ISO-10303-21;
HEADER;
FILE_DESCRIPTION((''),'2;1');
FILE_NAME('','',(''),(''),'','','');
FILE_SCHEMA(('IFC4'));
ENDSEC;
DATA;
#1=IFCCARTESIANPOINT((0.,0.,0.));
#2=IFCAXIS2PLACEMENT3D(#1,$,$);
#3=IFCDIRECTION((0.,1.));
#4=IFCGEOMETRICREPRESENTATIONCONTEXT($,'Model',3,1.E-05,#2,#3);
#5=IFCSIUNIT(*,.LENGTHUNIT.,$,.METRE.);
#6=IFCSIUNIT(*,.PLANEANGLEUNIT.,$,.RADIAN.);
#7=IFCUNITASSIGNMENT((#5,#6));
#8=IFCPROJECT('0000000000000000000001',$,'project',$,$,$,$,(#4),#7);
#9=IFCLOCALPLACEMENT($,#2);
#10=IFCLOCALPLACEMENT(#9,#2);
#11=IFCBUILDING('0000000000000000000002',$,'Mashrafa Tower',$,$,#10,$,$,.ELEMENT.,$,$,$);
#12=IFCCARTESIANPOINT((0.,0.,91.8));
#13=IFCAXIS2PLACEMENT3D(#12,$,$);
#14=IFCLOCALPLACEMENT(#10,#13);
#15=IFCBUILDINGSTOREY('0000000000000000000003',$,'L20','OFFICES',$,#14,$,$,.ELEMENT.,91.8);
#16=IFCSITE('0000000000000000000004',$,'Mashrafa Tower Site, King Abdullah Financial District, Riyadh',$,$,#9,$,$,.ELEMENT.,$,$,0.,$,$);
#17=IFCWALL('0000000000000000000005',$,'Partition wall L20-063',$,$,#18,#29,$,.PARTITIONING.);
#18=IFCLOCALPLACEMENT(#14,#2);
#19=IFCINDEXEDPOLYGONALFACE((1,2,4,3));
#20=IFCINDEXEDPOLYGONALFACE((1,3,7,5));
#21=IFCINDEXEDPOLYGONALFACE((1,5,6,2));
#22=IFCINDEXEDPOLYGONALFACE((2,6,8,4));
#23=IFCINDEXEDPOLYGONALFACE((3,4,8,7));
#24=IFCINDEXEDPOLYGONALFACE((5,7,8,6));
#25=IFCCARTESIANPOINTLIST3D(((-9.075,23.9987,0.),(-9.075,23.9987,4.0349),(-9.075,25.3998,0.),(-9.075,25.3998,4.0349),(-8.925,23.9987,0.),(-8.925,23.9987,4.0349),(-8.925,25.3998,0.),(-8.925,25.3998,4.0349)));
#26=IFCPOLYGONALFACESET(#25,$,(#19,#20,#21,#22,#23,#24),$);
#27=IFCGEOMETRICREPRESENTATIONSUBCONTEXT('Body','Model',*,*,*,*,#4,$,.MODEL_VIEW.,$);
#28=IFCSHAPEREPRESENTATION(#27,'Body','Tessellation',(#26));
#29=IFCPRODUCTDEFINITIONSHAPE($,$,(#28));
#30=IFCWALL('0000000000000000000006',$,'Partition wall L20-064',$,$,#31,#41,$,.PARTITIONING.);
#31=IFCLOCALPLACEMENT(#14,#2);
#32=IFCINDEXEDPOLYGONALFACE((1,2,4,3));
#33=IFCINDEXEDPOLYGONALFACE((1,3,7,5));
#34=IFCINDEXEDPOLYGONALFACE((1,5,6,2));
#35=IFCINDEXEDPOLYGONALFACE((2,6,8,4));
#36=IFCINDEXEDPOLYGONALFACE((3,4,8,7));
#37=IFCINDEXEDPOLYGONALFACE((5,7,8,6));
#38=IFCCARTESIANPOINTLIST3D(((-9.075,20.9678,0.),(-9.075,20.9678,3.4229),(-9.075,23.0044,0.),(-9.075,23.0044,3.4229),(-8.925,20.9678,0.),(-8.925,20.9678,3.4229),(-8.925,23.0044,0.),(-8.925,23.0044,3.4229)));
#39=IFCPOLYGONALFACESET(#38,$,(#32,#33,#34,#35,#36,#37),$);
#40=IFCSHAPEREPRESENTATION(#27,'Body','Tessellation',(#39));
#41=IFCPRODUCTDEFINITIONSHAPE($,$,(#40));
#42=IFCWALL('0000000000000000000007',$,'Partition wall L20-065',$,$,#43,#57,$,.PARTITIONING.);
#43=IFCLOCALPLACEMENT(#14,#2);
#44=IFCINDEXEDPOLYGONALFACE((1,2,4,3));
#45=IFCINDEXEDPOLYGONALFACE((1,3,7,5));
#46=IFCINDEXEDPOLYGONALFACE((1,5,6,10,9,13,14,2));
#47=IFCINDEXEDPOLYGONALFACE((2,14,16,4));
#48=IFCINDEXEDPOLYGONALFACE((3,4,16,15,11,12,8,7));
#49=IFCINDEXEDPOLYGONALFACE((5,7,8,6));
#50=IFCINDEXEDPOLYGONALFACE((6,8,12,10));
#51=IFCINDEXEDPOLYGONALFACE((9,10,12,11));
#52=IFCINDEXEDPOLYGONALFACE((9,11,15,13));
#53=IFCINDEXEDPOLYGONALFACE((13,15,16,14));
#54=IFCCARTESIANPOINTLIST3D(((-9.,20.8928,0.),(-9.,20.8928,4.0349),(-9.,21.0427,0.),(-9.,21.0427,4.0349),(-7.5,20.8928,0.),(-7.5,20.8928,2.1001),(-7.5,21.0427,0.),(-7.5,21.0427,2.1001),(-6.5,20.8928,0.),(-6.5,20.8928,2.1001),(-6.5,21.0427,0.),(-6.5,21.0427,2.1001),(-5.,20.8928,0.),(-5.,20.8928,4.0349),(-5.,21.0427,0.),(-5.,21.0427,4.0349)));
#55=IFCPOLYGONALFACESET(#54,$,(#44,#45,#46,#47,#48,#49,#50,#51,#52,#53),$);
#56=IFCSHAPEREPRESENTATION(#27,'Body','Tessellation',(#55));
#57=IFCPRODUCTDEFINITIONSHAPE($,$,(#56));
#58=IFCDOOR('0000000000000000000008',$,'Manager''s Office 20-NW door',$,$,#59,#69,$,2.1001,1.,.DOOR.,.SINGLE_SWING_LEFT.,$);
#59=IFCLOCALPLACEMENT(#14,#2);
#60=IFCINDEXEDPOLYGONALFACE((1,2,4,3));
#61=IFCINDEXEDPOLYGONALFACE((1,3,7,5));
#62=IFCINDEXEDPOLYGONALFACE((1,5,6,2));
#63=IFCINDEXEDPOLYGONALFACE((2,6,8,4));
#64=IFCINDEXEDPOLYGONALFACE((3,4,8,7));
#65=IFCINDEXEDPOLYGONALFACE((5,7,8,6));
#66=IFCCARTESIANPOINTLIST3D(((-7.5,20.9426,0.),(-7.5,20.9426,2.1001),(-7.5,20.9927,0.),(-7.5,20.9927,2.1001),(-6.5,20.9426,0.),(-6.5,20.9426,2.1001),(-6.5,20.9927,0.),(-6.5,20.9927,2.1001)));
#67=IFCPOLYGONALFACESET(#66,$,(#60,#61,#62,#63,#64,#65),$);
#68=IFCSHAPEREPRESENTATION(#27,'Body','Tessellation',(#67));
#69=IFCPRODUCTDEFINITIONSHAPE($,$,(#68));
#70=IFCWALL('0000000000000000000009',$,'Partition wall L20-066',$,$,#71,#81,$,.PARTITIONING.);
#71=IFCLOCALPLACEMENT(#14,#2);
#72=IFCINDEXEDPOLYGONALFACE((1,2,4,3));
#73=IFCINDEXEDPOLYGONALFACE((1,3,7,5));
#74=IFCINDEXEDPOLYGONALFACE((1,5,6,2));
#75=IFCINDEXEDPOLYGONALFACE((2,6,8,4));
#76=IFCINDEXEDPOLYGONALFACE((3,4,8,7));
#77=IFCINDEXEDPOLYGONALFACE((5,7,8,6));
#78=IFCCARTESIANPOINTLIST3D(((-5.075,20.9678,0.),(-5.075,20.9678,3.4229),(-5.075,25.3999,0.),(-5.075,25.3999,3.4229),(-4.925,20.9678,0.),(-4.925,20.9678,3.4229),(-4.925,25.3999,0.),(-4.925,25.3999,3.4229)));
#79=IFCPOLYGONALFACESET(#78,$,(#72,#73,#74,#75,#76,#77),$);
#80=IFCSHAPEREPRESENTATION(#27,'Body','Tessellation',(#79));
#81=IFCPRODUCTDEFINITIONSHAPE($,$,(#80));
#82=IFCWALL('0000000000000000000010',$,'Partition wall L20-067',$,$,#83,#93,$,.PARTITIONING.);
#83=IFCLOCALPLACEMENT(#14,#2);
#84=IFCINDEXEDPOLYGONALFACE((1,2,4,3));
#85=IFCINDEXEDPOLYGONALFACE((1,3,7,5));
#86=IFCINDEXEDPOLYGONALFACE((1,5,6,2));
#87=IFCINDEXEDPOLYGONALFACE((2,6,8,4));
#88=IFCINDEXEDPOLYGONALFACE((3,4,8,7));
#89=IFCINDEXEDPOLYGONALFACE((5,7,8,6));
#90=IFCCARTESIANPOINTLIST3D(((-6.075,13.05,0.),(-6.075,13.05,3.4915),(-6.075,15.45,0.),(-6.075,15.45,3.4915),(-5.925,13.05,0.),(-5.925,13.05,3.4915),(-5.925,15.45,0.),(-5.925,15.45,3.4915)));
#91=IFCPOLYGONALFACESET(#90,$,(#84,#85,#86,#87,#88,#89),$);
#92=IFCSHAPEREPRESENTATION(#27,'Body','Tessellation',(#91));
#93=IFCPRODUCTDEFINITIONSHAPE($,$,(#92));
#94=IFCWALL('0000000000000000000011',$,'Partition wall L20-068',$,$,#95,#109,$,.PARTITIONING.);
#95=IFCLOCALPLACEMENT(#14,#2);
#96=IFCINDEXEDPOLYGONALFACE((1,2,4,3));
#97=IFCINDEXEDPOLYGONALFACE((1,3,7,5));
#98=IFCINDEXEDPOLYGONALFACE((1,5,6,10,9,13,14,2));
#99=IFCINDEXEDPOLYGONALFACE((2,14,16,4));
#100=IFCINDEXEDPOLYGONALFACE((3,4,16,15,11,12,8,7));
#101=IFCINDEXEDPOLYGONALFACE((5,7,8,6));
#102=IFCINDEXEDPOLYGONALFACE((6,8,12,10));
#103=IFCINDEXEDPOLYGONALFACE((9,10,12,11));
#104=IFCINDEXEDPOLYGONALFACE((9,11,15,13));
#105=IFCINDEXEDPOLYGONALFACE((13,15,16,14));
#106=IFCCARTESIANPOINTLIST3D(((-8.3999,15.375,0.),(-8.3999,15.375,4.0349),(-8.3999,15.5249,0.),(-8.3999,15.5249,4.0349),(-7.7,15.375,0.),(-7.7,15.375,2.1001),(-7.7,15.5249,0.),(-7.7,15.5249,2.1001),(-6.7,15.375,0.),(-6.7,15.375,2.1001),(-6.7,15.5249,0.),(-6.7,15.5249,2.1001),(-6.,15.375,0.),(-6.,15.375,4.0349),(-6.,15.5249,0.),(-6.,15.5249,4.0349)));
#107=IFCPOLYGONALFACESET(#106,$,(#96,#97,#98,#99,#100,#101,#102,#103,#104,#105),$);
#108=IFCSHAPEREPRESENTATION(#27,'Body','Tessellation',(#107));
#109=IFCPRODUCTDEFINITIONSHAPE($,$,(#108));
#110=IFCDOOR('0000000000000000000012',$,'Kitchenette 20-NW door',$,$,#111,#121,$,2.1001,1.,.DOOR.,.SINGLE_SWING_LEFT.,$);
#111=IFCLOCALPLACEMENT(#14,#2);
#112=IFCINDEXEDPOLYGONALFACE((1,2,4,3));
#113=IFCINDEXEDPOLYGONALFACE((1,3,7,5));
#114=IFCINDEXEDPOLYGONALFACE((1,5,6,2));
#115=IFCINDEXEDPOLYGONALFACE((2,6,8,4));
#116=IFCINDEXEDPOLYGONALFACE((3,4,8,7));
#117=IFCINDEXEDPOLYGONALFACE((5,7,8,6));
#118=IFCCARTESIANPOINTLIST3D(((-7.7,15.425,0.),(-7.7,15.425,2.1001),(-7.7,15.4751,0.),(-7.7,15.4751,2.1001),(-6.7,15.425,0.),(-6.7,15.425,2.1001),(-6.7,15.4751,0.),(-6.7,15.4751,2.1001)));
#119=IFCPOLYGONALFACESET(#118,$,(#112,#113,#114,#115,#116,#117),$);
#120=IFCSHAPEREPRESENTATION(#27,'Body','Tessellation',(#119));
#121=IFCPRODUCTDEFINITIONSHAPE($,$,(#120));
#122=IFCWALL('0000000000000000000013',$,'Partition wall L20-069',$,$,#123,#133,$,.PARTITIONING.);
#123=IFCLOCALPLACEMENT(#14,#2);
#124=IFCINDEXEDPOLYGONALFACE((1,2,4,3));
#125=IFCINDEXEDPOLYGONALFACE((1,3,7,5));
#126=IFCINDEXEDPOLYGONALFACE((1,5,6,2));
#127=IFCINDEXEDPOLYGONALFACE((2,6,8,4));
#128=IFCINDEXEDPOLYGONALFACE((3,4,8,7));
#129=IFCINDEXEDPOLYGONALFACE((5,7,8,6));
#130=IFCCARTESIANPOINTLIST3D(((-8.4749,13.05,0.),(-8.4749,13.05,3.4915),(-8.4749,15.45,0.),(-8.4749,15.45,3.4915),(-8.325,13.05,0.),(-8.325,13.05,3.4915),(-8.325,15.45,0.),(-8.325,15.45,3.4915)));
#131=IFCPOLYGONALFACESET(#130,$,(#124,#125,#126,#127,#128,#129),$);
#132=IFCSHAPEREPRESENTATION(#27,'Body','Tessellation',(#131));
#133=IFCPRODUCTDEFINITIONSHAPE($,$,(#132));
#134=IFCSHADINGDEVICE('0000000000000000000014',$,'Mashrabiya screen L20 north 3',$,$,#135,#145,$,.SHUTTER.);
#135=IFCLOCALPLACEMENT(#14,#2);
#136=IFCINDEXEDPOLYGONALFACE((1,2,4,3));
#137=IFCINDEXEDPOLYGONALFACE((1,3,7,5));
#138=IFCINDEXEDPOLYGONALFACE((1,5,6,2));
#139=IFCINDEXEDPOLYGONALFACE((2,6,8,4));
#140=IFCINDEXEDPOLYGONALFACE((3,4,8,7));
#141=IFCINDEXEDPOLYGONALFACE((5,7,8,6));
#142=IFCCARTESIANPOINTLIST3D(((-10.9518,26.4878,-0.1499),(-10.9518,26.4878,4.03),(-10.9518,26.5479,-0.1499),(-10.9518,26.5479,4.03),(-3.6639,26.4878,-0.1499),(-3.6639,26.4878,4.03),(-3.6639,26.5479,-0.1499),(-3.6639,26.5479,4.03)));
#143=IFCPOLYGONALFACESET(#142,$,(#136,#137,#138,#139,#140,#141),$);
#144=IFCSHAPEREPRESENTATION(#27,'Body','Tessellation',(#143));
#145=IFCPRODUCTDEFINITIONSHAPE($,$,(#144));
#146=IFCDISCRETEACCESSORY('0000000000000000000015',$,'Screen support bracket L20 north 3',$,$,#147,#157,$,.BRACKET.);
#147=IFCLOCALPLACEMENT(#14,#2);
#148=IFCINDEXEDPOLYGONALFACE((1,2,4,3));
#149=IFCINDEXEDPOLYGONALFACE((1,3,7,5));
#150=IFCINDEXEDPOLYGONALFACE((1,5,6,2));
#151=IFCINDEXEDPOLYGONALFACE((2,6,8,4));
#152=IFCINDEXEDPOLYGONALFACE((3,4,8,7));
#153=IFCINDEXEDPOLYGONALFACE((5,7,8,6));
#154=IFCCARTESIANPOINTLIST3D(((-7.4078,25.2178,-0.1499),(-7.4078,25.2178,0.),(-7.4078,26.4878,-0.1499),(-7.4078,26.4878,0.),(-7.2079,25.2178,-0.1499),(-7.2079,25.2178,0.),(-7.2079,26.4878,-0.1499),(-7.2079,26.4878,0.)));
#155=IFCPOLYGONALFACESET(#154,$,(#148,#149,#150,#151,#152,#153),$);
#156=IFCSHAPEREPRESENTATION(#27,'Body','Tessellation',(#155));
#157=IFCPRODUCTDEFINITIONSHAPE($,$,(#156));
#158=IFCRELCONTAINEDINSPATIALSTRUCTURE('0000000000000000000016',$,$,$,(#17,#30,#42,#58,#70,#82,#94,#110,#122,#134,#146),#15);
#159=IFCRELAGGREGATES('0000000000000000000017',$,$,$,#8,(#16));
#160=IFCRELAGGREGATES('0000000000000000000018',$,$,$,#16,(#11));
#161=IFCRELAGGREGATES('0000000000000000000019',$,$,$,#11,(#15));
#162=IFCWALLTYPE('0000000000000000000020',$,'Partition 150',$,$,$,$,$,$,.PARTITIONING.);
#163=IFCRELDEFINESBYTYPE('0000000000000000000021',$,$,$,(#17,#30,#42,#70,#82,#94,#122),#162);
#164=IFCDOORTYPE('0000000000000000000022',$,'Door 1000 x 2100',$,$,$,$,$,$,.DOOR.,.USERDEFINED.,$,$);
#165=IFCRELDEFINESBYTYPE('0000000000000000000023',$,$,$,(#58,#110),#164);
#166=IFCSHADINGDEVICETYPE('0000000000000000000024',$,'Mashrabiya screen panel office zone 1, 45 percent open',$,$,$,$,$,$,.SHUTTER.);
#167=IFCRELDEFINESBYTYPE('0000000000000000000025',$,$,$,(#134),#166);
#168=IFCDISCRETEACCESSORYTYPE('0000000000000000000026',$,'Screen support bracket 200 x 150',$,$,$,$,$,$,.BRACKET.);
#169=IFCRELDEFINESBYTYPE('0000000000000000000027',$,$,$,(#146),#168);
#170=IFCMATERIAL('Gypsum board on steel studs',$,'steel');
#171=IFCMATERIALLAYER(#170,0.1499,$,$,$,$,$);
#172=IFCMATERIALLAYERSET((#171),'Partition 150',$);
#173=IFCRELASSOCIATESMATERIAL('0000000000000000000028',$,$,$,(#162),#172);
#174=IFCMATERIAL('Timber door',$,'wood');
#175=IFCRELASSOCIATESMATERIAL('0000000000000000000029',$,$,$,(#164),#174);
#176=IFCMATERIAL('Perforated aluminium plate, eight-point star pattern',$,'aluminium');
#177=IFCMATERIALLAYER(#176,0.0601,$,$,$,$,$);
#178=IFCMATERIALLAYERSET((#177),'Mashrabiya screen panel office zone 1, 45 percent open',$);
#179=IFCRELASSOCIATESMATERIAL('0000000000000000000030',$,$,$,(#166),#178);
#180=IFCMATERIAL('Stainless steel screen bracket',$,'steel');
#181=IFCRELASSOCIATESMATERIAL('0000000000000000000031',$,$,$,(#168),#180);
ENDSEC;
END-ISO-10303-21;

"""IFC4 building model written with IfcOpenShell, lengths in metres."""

from ifc_helpers import new_model, si_unit, direction, frame, frame_2d, origin, origin_2d, place, context, subcontext, project, spatial, rectangle, extrude, source, transform, mapped, material, layer, layer_set, type_object, type_shapes, element, fill, save


model = new_model("IFC4")

# Units and contexts
model_context = context("Model", 3, precision=1e-05, world=origin(), true_north=direction((0.0, 1.0)))
body_context = subcontext(model_context, "Body", "Model", "MODEL_VIEW")
ifc_project = project(units=[si_unit("LENGTHUNIT", "METRE"), si_unit("PLANEANGLEUNIT", "RADIAN")], contexts=[model_context])

# Site, building, storey
site_placement = place(None, origin())
site = spatial("IfcSite", under=ifc_project, at=site_placement, Name="Mashrafa Tower Site, King Abdullah Financial District, Riyadh", CompositionType="ELEMENT", RefElevation=0.0)
building_placement = place(site_placement, origin())
building = spatial("IfcBuilding", under=site, at=building_placement, Name="Mashrafa Tower", CompositionType="ELEMENT")
storey_placement = place(building_placement, frame((0.0, 0.0, 91.8)))
storey = spatial("IfcBuildingStorey", under=building, at=storey_placement, Name="L20", Description="OFFICES", CompositionType="ELEMENT", Elevation=91.8)

# Walls
ifc_material_1 = material(Name="Gypsum board on steel studs", Category="steel")
ifc_layer_1 = layer(ifc_material_1, 0.1499)
ifc_layer_set_1 = layer_set([ifc_layer_1], Name="Partition 150")
wall_type_1 = type_object("IfcWallType", Name="Partition 150", PredefinedType="PARTITIONING", material=ifc_layer_set_1)
wall_1_placement = place(storey_placement, frame((-9.0, 25.3999, 0.0), z_axis=(0.0, 0.0, 1.0), x_axis=(0.0, -1.0, 0.0)))
element("IfcWall", 1, at=wall_1_placement, inside=storey, type_object=wall_type_1, Name="Partition wall L20-063", PredefinedType="PARTITIONING", context=body_context, shape_type="SweptSolid", body=[
    extrude(rectangle(XDim=1.4011, YDim=0.1499, at=frame_2d((0.7007, 0.0))), origin(), (0.0, 0.0, 1.0), 4.0349),
])
wall_2_placement = place(storey_placement, frame((-9.0, 23.0044, 0.0), z_axis=(0.0, 0.0, 1.0), x_axis=(0.0, -1.0, 0.0)))
element("IfcWall", 2, at=wall_2_placement, inside=storey, type_object=wall_type_1, Name="Partition wall L20-064", PredefinedType="PARTITIONING", context=body_context, shape_type="SweptSolid", body=[
    extrude(rectangle(XDim=2.0366, YDim=0.1499, at=frame_2d((1.0183, 0.0))), origin(), (0.0, 0.0, 1.0), 3.4229),
])

# Wall, opening, door
wall_3_placement = place(storey_placement, frame((-9.0, 20.9678, 0.0), z_axis=(0.0, 0.0, 1.0), x_axis=(1.0, 0.0, 0.0)))
wall_3 = element("IfcWall", 3, at=wall_3_placement, inside=storey, type_object=wall_type_1, Name="Partition wall L20-065", PredefinedType="PARTITIONING", context=body_context, shape_type="SweptSolid", body=[
    extrude(rectangle(XDim=4.0, YDim=0.1499, at=frame_2d((2.0, 0.0))), origin(), (0.0, 0.0, 1.0), 4.0349),
])
opening_1_placement = place(wall_3_placement, frame((1.5, 0.0, 0.0)))
opening_1 = element("IfcOpeningElement", 4, at=opening_1_placement, cuts=wall_3, PredefinedType="OPENING", context=body_context, shape_type="SweptSolid", body=[
    extrude(rectangle(XDim=1.0, YDim=2.1001, at=frame_2d((0.5, 1.05))), frame((0.0, 0.085, 0.0), z_axis=(0.0, -1.0, 0.0), x_axis=(1.0, 0.0, 0.0)), (0.0, 0.0, 1.0), 0.1699),
])
ifc_material_2 = material(Name="Timber door", Category="wood")
door_type = type_object("IfcDoorType", Name="Door 1000 x 2100", OperationType="USERDEFINED", PredefinedType="DOOR", material=ifc_material_2)
door_1_placement = place(opening_1_placement, origin())
door_1 = element("IfcDoor", 5, at=door_1_placement, inside=storey, type_object=door_type, Name="Manager's Office 20-NW door", OperationType="SINGLE_SWING_LEFT", OverallHeight=2.1001, OverallWidth=1.0, PredefinedType="DOOR", context=body_context, shape_type="SweptSolid", body=[
    extrude(rectangle(XDim=1.0, YDim=2.1001, at=frame_2d((0.5, 1.05))), frame((0.0, 0.0249, 0.0), z_axis=(0.0, -1.0, 0.0), x_axis=(1.0, 0.0, 0.0)), (0.0, 0.0, 1.0), 0.05),
])
fill(opening_1, door_1)

# Walls
wall_4_placement = place(storey_placement, frame((-5.0, 20.9678, 0.0), z_axis=(0.0, 0.0, 1.0), x_axis=(0.0, 1.0, 0.0)))
element("IfcWall", 6, at=wall_4_placement, inside=storey, type_object=wall_type_1, Name="Partition wall L20-066", PredefinedType="PARTITIONING", context=body_context, shape_type="SweptSolid", body=[
    extrude(rectangle(XDim=4.4321, YDim=0.1499, at=frame_2d((2.2161, 0.0))), origin(), (0.0, 0.0, 1.0), 3.4229),
])
wall_5_placement = place(storey_placement, frame((-6.0, 13.05, 0.0), z_axis=(0.0, 0.0, 1.0), x_axis=(0.0, 1.0, 0.0)))
element("IfcWall", 7, at=wall_5_placement, inside=storey, type_object=wall_type_1, Name="Partition wall L20-067", PredefinedType="PARTITIONING", context=body_context, shape_type="SweptSolid", body=[
    extrude(rectangle(XDim=2.3999, YDim=0.1499, at=frame_2d((1.2, 0.0))), origin(), (0.0, 0.0, 1.0), 3.4915),
])

# Wall, opening, door
wall_6_placement = place(storey_placement, frame((-6.0, 15.45, 0.0), z_axis=(0.0, 0.0, 1.0), x_axis=(-1.0, 0.0, 0.0)))
wall_6 = element("IfcWall", 8, at=wall_6_placement, inside=storey, type_object=wall_type_1, Name="Partition wall L20-068", PredefinedType="PARTITIONING", context=body_context, shape_type="SweptSolid", body=[
    extrude(rectangle(XDim=2.3999, YDim=0.1499, at=frame_2d((1.2, 0.0))), origin(), (0.0, 0.0, 1.0), 4.0349),
])
opening_2_placement = place(wall_6_placement, frame((0.7, 0.0, 0.0)))
opening_2 = element("IfcOpeningElement", 9, at=opening_2_placement, cuts=wall_6, PredefinedType="OPENING", context=body_context, shape_type="SweptSolid", body=[
    extrude(rectangle(XDim=1.0, YDim=2.1001, at=frame_2d((0.5, 1.05))), frame((0.0, 0.085, 0.0), z_axis=(0.0, -1.0, 0.0), x_axis=(1.0, 0.0, 0.0)), (0.0, 0.0, 1.0), 0.1699),
])
door_2_placement = place(opening_2_placement, origin())
door_2 = element("IfcDoor", 10, at=door_2_placement, inside=storey, type_object=door_type, Name="Kitchenette 20-NW door", OperationType="SINGLE_SWING_LEFT", OverallHeight=2.1001, OverallWidth=1.0, PredefinedType="DOOR", context=body_context, shape_type="SweptSolid", body=[
    extrude(rectangle(XDim=1.0, YDim=2.1001, at=frame_2d((0.5, 1.05))), frame((0.0, 0.0249, 0.0), z_axis=(0.0, -1.0, 0.0), x_axis=(1.0, 0.0, 0.0)), (0.0, 0.0, 1.0), 0.05),
])
fill(opening_2, door_2)

# Wall
wall_7_placement = place(storey_placement, frame((-8.3999, 15.45, 0.0), z_axis=(0.0, 0.0, 1.0), x_axis=(0.0, -1.0, 0.0)))
element("IfcWall", 11, at=wall_7_placement, inside=storey, type_object=wall_type_1, Name="Partition wall L20-069", PredefinedType="PARTITIONING", context=body_context, shape_type="SweptSolid", body=[
    extrude(rectangle(XDim=2.3999, YDim=0.1499, at=frame_2d((1.2, 0.0))), origin(), (0.0, 0.0, 1.0), 3.4915),
])

# Shading device
ifc_material_3 = material(Name="Perforated aluminium plate, eight-point star pattern", Category="aluminium")
ifc_layer_2 = layer(ifc_material_3, 0.0601)
ifc_layer_set_2 = layer_set([ifc_layer_2], Name="Mashrabiya screen panel office zone 1, 45 percent open")
shading_device_type = type_object("IfcShadingDeviceType", Name="Mashrabiya screen panel office zone 1, 45 percent open", PredefinedType="SHUTTER", material=ifc_layer_set_2)
shared_shape_1 = source(origin(), body_context, "Body", "SweptSolid", [
    extrude(rectangle(XDim=7.2878, YDim=0.0601, at=origin_2d()), origin(), (0.0, 0.0, 1.0), 4.1799),
])
type_shapes(shading_device_type, [shared_shape_1])
shading_device_placement = place(storey_placement, frame((-7.3079, 26.5178, -0.1499), z_axis=(0.0, 0.0, 1.0), x_axis=(-1.0, 0.0, 0.0)))
element("IfcShadingDevice", 12, at=shading_device_placement, inside=storey, type_object=shading_device_type, Name="Mashrabiya screen L20 north 3", PredefinedType="SHUTTER", context=body_context, shape_type="MappedRepresentation", body=[
    mapped(shared_shape_1, transform((0.0, 0.0, 0.0))),
])

# Discrete accessory
ifc_material_4 = material(Name="Stainless steel screen bracket", Category="steel")
discrete_accessory_type = type_object("IfcDiscreteAccessoryType", Name="Screen support bracket 200 x 150", PredefinedType="BRACKET", material=ifc_material_4)
shared_shape_2 = source(origin(), body_context, "Body", "SweptSolid", [
    extrude(rectangle(XDim=0.2, YDim=1.27, at=origin_2d()), origin(), (0.0, 0.0, 1.0), 0.1499),
])
type_shapes(discrete_accessory_type, [shared_shape_2])
discrete_accessory_placement = place(storey_placement, frame((-7.3079, 25.8528, -0.1499), z_axis=(0.0, 0.0, 1.0), x_axis=(-1.0, 0.0, 0.0)))
element("IfcDiscreteAccessory", 13, at=discrete_accessory_placement, inside=storey, type_object=discrete_accessory_type, Name="Screen support bracket L20 north 3", PredefinedType="BRACKET", context=body_context, shape_type="MappedRepresentation", body=[
    mapped(shared_shape_2, transform((0.0, 0.0, 0.0))),
])

save(model, "model.ifc")
